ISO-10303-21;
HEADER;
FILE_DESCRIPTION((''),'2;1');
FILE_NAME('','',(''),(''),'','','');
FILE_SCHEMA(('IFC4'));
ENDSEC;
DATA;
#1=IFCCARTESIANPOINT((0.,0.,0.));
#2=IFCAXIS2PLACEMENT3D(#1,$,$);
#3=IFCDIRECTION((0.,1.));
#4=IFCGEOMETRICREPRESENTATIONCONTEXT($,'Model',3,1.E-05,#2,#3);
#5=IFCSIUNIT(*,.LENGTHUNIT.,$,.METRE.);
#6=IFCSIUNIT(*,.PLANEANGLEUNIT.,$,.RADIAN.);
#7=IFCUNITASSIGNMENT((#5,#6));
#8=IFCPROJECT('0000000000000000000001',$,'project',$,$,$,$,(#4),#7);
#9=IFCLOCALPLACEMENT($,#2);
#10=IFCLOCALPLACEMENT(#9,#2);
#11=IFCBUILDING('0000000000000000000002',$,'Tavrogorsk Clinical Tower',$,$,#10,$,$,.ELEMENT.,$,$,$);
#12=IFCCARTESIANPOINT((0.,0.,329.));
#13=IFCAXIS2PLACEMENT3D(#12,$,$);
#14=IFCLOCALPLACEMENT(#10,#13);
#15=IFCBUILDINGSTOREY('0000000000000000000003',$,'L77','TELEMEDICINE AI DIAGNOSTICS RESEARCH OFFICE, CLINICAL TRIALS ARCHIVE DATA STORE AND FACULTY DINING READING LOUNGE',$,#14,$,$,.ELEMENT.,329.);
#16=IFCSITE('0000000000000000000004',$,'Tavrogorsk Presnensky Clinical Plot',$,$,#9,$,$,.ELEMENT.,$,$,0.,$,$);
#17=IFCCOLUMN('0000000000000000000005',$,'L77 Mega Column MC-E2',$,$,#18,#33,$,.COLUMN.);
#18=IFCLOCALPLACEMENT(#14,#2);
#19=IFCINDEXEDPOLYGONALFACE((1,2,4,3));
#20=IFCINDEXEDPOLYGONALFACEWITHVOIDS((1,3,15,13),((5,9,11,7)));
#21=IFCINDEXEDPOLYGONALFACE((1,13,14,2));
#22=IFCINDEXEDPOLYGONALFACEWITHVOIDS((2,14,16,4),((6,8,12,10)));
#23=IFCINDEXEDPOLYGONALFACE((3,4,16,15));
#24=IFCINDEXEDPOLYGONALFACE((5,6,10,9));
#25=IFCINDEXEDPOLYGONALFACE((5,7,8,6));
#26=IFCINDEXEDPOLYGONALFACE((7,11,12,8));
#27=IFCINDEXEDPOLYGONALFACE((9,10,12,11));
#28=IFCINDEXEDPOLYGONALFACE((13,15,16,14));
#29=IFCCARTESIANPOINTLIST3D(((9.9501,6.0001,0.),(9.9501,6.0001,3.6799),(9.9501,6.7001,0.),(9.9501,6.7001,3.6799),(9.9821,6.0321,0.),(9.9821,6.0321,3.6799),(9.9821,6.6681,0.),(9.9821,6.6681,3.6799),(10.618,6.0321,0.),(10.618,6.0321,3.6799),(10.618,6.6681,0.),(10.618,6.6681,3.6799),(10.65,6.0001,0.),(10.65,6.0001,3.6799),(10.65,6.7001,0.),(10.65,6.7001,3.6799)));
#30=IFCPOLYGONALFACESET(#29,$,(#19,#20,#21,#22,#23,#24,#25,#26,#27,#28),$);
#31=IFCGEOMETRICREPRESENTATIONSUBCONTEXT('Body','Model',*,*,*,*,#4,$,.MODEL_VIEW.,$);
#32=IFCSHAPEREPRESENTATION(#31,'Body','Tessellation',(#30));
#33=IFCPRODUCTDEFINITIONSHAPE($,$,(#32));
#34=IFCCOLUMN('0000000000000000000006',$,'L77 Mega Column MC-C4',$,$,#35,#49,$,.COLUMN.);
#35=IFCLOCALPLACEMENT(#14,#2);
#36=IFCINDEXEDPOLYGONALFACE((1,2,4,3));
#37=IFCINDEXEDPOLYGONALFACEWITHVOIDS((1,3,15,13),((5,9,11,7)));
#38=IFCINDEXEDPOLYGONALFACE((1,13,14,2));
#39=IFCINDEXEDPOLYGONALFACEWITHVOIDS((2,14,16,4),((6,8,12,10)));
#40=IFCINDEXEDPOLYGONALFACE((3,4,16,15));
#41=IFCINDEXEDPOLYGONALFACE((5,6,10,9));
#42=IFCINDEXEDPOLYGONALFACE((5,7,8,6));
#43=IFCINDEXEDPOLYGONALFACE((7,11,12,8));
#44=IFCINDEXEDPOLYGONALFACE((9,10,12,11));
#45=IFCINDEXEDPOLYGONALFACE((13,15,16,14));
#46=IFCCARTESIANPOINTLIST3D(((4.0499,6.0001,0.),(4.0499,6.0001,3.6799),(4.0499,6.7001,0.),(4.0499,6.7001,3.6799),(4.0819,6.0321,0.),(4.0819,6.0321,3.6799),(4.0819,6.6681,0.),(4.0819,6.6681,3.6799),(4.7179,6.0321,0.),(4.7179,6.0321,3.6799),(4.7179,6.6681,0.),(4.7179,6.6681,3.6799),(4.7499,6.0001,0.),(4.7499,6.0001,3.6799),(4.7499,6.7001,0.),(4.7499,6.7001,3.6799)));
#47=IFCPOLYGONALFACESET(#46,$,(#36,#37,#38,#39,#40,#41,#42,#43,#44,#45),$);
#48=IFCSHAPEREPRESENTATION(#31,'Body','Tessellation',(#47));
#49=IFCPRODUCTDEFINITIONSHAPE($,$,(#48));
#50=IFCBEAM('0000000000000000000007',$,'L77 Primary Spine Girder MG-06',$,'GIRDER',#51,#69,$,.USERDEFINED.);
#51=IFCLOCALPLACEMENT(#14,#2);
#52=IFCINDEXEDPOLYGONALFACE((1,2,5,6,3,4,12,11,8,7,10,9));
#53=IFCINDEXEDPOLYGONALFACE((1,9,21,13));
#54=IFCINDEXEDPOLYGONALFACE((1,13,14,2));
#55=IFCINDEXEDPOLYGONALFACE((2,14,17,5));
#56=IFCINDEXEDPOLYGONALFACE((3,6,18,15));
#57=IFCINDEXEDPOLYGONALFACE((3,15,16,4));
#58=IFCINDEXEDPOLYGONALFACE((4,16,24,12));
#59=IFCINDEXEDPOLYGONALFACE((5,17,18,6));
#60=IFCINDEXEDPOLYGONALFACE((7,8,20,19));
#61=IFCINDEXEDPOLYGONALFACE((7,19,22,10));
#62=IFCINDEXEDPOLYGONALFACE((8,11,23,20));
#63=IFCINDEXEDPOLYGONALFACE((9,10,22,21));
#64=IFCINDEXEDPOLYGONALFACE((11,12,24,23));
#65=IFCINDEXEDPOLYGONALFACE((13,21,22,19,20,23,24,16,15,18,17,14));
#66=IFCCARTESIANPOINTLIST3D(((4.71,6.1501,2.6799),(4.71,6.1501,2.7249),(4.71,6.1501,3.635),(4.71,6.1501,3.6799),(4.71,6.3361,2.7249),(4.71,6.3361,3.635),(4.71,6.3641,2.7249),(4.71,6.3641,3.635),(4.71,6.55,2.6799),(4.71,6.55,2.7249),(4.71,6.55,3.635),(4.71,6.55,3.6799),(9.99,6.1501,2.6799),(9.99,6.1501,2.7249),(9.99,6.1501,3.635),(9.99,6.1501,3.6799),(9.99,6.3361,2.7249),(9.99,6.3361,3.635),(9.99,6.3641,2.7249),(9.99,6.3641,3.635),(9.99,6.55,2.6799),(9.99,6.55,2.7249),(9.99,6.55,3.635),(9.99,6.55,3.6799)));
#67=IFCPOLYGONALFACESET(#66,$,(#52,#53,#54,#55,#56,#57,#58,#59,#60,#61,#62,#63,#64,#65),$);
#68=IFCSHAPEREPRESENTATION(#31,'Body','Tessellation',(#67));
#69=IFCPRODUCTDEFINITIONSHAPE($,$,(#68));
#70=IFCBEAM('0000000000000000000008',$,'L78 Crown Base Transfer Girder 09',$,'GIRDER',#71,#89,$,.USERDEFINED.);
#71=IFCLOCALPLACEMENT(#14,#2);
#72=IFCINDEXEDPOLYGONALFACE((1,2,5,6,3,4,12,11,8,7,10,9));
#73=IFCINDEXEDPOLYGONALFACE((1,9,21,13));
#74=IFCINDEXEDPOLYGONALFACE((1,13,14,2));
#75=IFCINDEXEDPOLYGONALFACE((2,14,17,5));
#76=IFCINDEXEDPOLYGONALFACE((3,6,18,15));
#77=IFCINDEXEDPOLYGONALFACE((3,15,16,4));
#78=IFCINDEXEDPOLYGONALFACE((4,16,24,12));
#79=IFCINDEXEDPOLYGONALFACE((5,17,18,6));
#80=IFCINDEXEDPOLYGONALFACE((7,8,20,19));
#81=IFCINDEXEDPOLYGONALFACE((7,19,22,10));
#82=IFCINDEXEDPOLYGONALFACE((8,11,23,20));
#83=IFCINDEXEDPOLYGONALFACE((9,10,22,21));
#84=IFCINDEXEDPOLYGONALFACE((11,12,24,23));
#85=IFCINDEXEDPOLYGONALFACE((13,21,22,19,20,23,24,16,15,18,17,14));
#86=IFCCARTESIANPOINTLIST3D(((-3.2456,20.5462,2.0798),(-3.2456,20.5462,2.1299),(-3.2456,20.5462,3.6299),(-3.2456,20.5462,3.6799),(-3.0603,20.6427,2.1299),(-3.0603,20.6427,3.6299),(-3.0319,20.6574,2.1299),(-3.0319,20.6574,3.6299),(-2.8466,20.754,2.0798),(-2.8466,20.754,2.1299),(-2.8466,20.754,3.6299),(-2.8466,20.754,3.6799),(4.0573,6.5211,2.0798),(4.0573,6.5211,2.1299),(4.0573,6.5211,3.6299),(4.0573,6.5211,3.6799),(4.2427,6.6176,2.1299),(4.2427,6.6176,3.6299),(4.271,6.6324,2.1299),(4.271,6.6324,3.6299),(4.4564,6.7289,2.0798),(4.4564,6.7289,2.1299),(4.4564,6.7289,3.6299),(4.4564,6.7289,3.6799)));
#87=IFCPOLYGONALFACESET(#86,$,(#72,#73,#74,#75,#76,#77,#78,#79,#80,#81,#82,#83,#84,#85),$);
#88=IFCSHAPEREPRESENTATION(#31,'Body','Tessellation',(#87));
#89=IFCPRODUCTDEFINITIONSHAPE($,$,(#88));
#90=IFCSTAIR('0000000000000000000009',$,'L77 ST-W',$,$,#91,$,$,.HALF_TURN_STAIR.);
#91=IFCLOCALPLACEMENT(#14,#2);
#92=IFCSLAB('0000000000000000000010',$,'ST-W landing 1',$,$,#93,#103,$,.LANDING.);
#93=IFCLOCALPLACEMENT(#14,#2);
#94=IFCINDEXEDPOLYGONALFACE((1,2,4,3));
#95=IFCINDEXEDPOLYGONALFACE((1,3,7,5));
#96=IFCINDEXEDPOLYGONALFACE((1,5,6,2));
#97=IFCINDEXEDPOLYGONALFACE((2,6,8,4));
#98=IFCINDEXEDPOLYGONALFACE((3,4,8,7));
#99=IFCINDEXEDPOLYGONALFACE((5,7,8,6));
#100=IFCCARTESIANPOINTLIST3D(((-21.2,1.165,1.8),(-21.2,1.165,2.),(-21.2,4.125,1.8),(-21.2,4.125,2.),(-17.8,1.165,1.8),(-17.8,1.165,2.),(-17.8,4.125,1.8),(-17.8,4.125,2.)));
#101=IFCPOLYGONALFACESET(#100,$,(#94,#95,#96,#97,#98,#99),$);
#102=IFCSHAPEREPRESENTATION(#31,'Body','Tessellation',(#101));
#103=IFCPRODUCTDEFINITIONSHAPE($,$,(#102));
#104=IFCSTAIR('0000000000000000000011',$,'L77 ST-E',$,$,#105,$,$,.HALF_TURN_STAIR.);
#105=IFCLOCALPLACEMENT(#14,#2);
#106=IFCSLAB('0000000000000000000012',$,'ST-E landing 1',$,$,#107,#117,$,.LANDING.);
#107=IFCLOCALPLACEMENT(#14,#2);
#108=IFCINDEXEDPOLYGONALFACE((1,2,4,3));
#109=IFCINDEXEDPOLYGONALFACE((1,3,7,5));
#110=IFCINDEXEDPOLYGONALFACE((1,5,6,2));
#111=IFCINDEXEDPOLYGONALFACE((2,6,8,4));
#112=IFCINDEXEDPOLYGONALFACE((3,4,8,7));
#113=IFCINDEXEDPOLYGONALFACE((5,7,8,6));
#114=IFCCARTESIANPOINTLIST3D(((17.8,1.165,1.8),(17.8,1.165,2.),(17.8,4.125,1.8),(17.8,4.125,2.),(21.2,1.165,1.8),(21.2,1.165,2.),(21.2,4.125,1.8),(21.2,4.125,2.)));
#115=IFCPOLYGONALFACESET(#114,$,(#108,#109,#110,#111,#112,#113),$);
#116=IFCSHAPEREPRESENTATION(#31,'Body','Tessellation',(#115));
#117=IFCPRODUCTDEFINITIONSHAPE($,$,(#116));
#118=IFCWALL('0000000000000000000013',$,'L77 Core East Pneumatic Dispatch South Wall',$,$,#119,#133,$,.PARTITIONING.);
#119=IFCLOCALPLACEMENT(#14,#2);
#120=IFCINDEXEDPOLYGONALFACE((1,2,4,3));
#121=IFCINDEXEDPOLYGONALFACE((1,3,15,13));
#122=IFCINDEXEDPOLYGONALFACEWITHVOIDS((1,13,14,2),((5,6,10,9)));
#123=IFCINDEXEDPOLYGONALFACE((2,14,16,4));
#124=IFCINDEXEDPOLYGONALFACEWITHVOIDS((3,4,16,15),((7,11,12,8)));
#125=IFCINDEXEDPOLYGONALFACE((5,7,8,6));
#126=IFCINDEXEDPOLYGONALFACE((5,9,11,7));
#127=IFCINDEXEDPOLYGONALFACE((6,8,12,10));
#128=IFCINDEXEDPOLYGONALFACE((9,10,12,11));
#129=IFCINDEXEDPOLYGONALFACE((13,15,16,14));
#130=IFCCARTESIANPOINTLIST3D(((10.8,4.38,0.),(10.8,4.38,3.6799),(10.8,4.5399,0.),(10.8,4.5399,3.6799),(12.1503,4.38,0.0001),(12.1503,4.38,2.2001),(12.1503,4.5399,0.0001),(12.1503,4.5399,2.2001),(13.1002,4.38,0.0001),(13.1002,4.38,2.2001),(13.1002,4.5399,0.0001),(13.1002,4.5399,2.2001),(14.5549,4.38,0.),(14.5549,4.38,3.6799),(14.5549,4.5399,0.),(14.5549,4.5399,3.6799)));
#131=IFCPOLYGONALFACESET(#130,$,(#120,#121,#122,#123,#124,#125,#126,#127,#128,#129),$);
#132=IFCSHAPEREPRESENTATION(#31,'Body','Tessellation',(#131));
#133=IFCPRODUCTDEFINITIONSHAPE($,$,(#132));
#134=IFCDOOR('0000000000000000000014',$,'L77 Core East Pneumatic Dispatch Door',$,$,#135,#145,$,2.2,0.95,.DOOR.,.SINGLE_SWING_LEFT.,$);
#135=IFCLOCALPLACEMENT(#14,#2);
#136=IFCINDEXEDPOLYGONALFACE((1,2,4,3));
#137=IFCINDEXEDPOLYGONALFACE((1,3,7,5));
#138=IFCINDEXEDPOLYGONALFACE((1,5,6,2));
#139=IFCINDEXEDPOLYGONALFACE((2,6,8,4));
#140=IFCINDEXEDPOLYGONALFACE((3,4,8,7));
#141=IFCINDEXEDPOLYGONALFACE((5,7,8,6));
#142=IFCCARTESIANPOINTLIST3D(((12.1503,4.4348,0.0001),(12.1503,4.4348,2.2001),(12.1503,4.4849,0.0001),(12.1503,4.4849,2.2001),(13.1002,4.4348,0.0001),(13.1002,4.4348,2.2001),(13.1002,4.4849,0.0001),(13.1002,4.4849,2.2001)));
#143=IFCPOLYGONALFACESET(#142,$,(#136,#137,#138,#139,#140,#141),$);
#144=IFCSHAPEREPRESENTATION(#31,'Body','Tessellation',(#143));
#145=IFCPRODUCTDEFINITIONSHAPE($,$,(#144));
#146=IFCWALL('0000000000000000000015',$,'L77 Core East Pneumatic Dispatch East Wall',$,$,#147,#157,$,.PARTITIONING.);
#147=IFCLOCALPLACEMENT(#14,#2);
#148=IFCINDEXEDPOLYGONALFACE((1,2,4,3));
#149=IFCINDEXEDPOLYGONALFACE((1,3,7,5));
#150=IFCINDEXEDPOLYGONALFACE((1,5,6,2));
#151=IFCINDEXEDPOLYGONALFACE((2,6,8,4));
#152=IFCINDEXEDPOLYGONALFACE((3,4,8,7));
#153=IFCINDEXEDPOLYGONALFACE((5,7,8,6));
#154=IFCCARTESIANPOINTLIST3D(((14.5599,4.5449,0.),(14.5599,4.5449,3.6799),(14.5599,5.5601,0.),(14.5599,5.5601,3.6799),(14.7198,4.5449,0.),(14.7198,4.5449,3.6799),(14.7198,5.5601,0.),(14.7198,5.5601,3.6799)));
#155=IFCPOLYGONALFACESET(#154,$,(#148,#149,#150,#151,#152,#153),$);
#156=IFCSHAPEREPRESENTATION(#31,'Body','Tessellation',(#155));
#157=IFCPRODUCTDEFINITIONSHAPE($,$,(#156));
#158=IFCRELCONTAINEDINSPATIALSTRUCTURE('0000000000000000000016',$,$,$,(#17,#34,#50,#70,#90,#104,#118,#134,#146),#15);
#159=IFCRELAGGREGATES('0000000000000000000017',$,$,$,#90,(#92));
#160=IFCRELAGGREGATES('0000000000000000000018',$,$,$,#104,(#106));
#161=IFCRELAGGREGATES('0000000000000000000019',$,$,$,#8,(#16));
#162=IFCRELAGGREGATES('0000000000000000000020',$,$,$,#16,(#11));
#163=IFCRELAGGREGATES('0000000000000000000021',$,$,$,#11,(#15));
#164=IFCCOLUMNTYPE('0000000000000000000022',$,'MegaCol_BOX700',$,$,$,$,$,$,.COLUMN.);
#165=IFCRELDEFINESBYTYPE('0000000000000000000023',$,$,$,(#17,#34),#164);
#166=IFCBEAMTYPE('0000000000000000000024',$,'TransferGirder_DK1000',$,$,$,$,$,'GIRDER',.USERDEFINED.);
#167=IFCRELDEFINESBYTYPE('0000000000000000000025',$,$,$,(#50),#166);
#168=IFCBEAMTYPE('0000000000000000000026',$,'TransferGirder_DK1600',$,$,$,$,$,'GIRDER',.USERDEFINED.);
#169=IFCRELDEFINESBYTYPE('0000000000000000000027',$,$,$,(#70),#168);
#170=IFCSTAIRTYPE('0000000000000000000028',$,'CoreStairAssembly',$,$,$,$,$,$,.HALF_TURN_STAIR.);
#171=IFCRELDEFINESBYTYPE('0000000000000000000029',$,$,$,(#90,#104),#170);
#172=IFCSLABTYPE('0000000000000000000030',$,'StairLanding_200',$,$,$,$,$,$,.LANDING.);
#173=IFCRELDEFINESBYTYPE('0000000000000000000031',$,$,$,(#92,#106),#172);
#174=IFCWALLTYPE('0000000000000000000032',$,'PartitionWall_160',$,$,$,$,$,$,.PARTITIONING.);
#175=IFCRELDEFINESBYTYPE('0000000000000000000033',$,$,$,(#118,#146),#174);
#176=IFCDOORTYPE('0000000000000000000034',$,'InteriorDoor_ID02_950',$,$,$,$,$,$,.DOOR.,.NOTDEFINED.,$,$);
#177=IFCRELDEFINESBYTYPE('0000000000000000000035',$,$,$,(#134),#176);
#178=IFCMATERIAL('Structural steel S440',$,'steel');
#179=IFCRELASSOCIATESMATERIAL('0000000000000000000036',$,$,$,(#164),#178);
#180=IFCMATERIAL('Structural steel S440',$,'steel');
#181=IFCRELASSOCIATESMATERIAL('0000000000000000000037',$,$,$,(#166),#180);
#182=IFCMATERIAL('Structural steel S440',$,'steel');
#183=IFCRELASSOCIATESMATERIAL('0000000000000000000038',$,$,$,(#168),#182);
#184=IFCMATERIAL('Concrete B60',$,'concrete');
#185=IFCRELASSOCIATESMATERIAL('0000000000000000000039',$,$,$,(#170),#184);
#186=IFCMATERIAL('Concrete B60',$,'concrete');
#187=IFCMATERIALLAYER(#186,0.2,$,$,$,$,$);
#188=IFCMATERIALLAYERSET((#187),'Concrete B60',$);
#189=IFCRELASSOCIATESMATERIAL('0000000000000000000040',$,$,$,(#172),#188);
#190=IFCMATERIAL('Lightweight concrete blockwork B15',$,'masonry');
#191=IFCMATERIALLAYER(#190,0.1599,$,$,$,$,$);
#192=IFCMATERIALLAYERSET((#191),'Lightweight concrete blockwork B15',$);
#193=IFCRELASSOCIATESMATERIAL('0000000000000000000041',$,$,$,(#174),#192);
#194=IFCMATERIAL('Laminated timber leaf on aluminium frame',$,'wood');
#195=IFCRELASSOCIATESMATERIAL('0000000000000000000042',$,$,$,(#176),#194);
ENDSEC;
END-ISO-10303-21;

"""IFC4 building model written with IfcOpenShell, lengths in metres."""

from ifc_helpers import new_model, si_unit, direction, frame, frame_2d, origin, origin_2d, place, context, subcontext, project, spatial, polyline, rectangle, hollow_rectangle, i_section, outline, extrude, material, layer, layer_set, material_profile, profile_set, type_object, element, fill, aggregate, save


model = new_model("IFC4")

# Units and contexts
model_context = context("Model", 3, precision=1e-05, world=origin(), true_north=direction((0.0, 1.0)))
body_context = subcontext(model_context, "Body", "Model", "MODEL_VIEW")
ifc_project = project(units=[si_unit("LENGTHUNIT", "METRE"), si_unit("PLANEANGLEUNIT", "RADIAN")], contexts=[model_context])

# Site, building, storey
site_placement = place(None, origin())
site = spatial("IfcSite", under=ifc_project, at=site_placement, Name="Tavrogorsk Presnensky Clinical Plot", CompositionType="ELEMENT", RefElevation=0.0)
building_placement = place(site_placement, origin())
building = spatial("IfcBuilding", under=site, at=building_placement, Name="Tavrogorsk Clinical Tower", CompositionType="ELEMENT")
storey_placement = place(building_placement, frame((0.0, 0.0, 329.0)))
storey = spatial("IfcBuildingStorey", under=building, at=storey_placement, Name="L77", Description="TELEMEDICINE AI DIAGNOSTICS RESEARCH OFFICE, CLINICAL TRIALS ARCHIVE DATA STORE AND FACULTY DINING READING LOUNGE", CompositionType="ELEMENT", Elevation=329.0)

# Columns
ifc_material_1 = material(Name="Structural steel S440", Category="steel")
ifc_material_profile_1 = material_profile(ifc_material_1, hollow_rectangle(XDim=0.7, YDim=0.7, WallThickness=0.032, at=origin_2d()), Name="BOX-700x700x32")
ifc_profile_set_1 = profile_set([ifc_material_profile_1], Name="Structural steel S440")
column_type = type_object("IfcColumnType", Name="MegaCol_BOX700", PredefinedType="COLUMN", material=ifc_profile_set_1)
for number, where, z_axis, x_axis, name in (
    (1, (10.3, 6.3501, 0.0), (0.0, 0.0, 1.0), (1.0, 0.0, 0.0), "L77 Mega Column MC-E2"),
    (2, (4.3999, 6.3501, 0.0), (0.0, 0.0, 1.0), (1.0, 0.0, 0.0), "L77 Mega Column MC-C4"),
):
    element("IfcColumn", number, at=place(storey_placement, frame(where, z_axis=z_axis, x_axis=x_axis)), inside=storey, type_object=column_type, Name=name, PredefinedType="COLUMN", context=body_context, shape_type="SweptSolid", body=[
        extrude(hollow_rectangle(XDim=0.7, YDim=0.7, WallThickness=0.032, at=origin_2d()), origin(), (0.0, 0.0, 1.0), 3.6799),
    ])

# Beams
ifc_material_2 = material(Name="Structural steel S440", Category="steel")
ifc_material_profile_2 = material_profile(ifc_material_2, i_section(OverallWidth=0.3999, OverallDepth=1.0, WebThickness=0.0281, FlangeThickness=0.0449, at=origin_2d()), Name="DK-1000x400x28x45")
ifc_profile_set_2 = profile_set([ifc_material_profile_2], Name="Structural steel S440")
beam_type_1 = type_object("IfcBeamType", Name="TransferGirder_DK1000", ElementType="GIRDER", PredefinedType="USERDEFINED", material=ifc_profile_set_2)
beam_1_placement = place(storey_placement, frame((4.71, 6.3501, 3.1799), z_axis=(1.0, 0.0, 0.0), x_axis=(0.0, 1.0, 0.0)))
element("IfcBeam", 3, at=beam_1_placement, inside=storey, type_object=beam_type_1, Name="L77 Primary Spine Girder MG-06", ObjectType="GIRDER", PredefinedType="USERDEFINED", context=body_context, shape_type="SweptSolid", body=[
    extrude(i_section(OverallWidth=0.3999, OverallDepth=1.0, WebThickness=0.0281, FlangeThickness=0.0449, at=origin_2d()), origin(), (0.0, 0.0, 1.0), 5.28),
])
ifc_material_3 = material(Name="Structural steel S440", Category="steel")
ifc_material_profile_3 = material_profile(ifc_material_3, i_section(OverallWidth=0.45, OverallDepth=1.6001, WebThickness=0.032, FlangeThickness=0.05, at=origin_2d()), Name="DK-1600x450x32x50")
ifc_profile_set_3 = profile_set([ifc_material_profile_3], Name="Structural steel S440")
beam_type_2 = type_object("IfcBeamType", Name="TransferGirder_DK1600", ElementType="GIRDER", PredefinedType="USERDEFINED", material=ifc_profile_set_3)
beam_2_placement = place(storey_placement, frame((4.2568, 6.625, 2.8799), z_axis=(-0.461846, 0.88696, 0.0), x_axis=(-0.88696, -0.461846, 0.0)))
element("IfcBeam", 4, at=beam_2_placement, inside=storey, type_object=beam_type_2, Name="L78 Crown Base Transfer Girder 09", ObjectType="GIRDER", PredefinedType="USERDEFINED", context=body_context, shape_type="SweptSolid", body=[
    extrude(i_section(OverallWidth=0.45, OverallDepth=1.6001, WebThickness=0.032, FlangeThickness=0.05, at=origin_2d()), origin(), (0.0, 0.0, 1.0), 15.8125),
])

# Stairs, slabs
ifc_material_4 = material(Name="Concrete B60", Category="concrete")
stair_type = type_object("IfcStairType", Name="CoreStairAssembly", PredefinedType="HALF_TURN_STAIR", material=ifc_material_4)
stair_1_placement = place(storey_placement, origin())
stair_1 = element("IfcStair", 5, at=stair_1_placement, inside=storey, type_object=stair_type, Name="L77 ST-W", PredefinedType="HALF_TURN_STAIR")
ifc_material_5 = material(Name="Concrete B60", Category="concrete")
ifc_layer_1 = layer(ifc_material_5, 0.2)
ifc_layer_set_1 = layer_set([ifc_layer_1], Name="Concrete B60")
slab_type = type_object("IfcSlabType", Name="StairLanding_200", PredefinedType="LANDING", material=ifc_layer_set_1)
slab_1_placement = place(storey_placement, frame((0.0, 0.0, 1.8)))
slab_1 = element("IfcSlab", 6, at=slab_1_placement, type_object=slab_type, Name="ST-W landing 1", PredefinedType="LANDING", context=body_context, shape_type="SweptSolid", body=[
    extrude(outline(polyline([(-17.8, 1.165), (-17.8, 4.125), (-21.2, 4.125), (-21.2, 1.165), (-17.8, 1.165)])), origin(), (0.0, 0.0, 1.0), 0.2),
])
aggregate(stair_1, [slab_1])
stair_2_placement = place(storey_placement, origin())
stair_2 = element("IfcStair", 7, at=stair_2_placement, inside=storey, type_object=stair_type, Name="L77 ST-E", PredefinedType="HALF_TURN_STAIR")
slab_2_placement = place(storey_placement, frame((0.0, 0.0, 1.8)))
slab_2 = element("IfcSlab", 8, at=slab_2_placement, type_object=slab_type, Name="ST-E landing 1", PredefinedType="LANDING", context=body_context, shape_type="SweptSolid", body=[
    extrude(outline(polyline([(21.2, 1.165), (21.2, 4.125), (17.8, 4.125), (17.8, 1.165), (21.2, 1.165)])), origin(), (0.0, 0.0, 1.0), 0.2),
])
aggregate(stair_2, [slab_2])

# Wall, opening, door
ifc_material_6 = material(Name="Lightweight concrete blockwork B15", Category="masonry")
ifc_layer_2 = layer(ifc_material_6, 0.1599)
ifc_layer_set_2 = layer_set([ifc_layer_2], Name="Lightweight concrete blockwork B15")
wall_type_1 = type_object("IfcWallType", Name="PartitionWall_160", PredefinedType="PARTITIONING", material=ifc_layer_set_2)
wall_1_placement = place(storey_placement, frame((10.8, 4.46, 0.0), z_axis=(0.0, 0.0, 1.0), x_axis=(1.0, 0.0, 0.0)))
wall_1 = element("IfcWall", 9, at=wall_1_placement, inside=storey, type_object=wall_type_1, Name="L77 Core East Pneumatic Dispatch South Wall", PredefinedType="PARTITIONING", context=body_context, shape_type="SweptSolid", body=[
    extrude(rectangle(XDim=3.7549, YDim=0.1599, at=frame_2d((1.8774, 0.0))), origin(), (0.0, 0.0, 1.0), 3.6799),
])
opening_1_placement = place(wall_1_placement, frame((1.3501, 0.0, 0.0)))
opening_1 = element("IfcOpeningElement", 10, at=opening_1_placement, cuts=wall_1, PredefinedType="OPENING", context=body_context, shape_type="SweptSolid", body=[
    extrude(rectangle(XDim=0.95, YDim=2.2, at=frame_2d((0.4751, 1.1001))), frame((0.0, 0.0898, 0.0), z_axis=(0.0, -1.0, 0.0), x_axis=(1.0, 0.0, 0.0)), (0.0, 0.0, 1.0), 0.1799),
])
ifc_material_7 = material(Name="Laminated timber leaf on aluminium frame", Category="wood")
door_type_1 = type_object("IfcDoorType", Name="InteriorDoor_ID02_950", OperationType="NOTDEFINED", PredefinedType="DOOR", material=ifc_material_7)
door_1_placement = place(opening_1_placement, origin())
door_1 = element("IfcDoor", 11, at=door_1_placement, inside=storey, type_object=door_type_1, Name="L77 Core East Pneumatic Dispatch Door", OperationType="SINGLE_SWING_LEFT", OverallHeight=2.2, OverallWidth=0.95, PredefinedType="DOOR", context=body_context, shape_type="SweptSolid", body=[
    extrude(rectangle(XDim=0.95, YDim=2.2, at=frame_2d((0.4751, 1.1001))), frame((0.0, 0.0249, 0.0), z_axis=(0.0, -1.0, 0.0), x_axis=(1.0, 0.0, 0.0)), (0.0, 0.0, 1.0), 0.05),
])
fill(opening_1, door_1)

# Wall
wall_2_placement = place(storey_placement, frame((14.6399, 4.5449, 0.0), z_axis=(0.0, 0.0, 1.0), x_axis=(0.0, 1.0, 0.0)))
element("IfcWall", 12, at=wall_2_placement, inside=storey, type_object=wall_type_1, Name="L77 Core East Pneumatic Dispatch East Wall", PredefinedType="PARTITIONING", context=body_context, shape_type="SweptSolid", body=[
    extrude(rectangle(XDim=1.0151, YDim=0.1599, at=frame_2d((0.5076, 0.0))), origin(), (0.0, 0.0, 1.0), 3.6799),
])

save(model, "model.ifc")
